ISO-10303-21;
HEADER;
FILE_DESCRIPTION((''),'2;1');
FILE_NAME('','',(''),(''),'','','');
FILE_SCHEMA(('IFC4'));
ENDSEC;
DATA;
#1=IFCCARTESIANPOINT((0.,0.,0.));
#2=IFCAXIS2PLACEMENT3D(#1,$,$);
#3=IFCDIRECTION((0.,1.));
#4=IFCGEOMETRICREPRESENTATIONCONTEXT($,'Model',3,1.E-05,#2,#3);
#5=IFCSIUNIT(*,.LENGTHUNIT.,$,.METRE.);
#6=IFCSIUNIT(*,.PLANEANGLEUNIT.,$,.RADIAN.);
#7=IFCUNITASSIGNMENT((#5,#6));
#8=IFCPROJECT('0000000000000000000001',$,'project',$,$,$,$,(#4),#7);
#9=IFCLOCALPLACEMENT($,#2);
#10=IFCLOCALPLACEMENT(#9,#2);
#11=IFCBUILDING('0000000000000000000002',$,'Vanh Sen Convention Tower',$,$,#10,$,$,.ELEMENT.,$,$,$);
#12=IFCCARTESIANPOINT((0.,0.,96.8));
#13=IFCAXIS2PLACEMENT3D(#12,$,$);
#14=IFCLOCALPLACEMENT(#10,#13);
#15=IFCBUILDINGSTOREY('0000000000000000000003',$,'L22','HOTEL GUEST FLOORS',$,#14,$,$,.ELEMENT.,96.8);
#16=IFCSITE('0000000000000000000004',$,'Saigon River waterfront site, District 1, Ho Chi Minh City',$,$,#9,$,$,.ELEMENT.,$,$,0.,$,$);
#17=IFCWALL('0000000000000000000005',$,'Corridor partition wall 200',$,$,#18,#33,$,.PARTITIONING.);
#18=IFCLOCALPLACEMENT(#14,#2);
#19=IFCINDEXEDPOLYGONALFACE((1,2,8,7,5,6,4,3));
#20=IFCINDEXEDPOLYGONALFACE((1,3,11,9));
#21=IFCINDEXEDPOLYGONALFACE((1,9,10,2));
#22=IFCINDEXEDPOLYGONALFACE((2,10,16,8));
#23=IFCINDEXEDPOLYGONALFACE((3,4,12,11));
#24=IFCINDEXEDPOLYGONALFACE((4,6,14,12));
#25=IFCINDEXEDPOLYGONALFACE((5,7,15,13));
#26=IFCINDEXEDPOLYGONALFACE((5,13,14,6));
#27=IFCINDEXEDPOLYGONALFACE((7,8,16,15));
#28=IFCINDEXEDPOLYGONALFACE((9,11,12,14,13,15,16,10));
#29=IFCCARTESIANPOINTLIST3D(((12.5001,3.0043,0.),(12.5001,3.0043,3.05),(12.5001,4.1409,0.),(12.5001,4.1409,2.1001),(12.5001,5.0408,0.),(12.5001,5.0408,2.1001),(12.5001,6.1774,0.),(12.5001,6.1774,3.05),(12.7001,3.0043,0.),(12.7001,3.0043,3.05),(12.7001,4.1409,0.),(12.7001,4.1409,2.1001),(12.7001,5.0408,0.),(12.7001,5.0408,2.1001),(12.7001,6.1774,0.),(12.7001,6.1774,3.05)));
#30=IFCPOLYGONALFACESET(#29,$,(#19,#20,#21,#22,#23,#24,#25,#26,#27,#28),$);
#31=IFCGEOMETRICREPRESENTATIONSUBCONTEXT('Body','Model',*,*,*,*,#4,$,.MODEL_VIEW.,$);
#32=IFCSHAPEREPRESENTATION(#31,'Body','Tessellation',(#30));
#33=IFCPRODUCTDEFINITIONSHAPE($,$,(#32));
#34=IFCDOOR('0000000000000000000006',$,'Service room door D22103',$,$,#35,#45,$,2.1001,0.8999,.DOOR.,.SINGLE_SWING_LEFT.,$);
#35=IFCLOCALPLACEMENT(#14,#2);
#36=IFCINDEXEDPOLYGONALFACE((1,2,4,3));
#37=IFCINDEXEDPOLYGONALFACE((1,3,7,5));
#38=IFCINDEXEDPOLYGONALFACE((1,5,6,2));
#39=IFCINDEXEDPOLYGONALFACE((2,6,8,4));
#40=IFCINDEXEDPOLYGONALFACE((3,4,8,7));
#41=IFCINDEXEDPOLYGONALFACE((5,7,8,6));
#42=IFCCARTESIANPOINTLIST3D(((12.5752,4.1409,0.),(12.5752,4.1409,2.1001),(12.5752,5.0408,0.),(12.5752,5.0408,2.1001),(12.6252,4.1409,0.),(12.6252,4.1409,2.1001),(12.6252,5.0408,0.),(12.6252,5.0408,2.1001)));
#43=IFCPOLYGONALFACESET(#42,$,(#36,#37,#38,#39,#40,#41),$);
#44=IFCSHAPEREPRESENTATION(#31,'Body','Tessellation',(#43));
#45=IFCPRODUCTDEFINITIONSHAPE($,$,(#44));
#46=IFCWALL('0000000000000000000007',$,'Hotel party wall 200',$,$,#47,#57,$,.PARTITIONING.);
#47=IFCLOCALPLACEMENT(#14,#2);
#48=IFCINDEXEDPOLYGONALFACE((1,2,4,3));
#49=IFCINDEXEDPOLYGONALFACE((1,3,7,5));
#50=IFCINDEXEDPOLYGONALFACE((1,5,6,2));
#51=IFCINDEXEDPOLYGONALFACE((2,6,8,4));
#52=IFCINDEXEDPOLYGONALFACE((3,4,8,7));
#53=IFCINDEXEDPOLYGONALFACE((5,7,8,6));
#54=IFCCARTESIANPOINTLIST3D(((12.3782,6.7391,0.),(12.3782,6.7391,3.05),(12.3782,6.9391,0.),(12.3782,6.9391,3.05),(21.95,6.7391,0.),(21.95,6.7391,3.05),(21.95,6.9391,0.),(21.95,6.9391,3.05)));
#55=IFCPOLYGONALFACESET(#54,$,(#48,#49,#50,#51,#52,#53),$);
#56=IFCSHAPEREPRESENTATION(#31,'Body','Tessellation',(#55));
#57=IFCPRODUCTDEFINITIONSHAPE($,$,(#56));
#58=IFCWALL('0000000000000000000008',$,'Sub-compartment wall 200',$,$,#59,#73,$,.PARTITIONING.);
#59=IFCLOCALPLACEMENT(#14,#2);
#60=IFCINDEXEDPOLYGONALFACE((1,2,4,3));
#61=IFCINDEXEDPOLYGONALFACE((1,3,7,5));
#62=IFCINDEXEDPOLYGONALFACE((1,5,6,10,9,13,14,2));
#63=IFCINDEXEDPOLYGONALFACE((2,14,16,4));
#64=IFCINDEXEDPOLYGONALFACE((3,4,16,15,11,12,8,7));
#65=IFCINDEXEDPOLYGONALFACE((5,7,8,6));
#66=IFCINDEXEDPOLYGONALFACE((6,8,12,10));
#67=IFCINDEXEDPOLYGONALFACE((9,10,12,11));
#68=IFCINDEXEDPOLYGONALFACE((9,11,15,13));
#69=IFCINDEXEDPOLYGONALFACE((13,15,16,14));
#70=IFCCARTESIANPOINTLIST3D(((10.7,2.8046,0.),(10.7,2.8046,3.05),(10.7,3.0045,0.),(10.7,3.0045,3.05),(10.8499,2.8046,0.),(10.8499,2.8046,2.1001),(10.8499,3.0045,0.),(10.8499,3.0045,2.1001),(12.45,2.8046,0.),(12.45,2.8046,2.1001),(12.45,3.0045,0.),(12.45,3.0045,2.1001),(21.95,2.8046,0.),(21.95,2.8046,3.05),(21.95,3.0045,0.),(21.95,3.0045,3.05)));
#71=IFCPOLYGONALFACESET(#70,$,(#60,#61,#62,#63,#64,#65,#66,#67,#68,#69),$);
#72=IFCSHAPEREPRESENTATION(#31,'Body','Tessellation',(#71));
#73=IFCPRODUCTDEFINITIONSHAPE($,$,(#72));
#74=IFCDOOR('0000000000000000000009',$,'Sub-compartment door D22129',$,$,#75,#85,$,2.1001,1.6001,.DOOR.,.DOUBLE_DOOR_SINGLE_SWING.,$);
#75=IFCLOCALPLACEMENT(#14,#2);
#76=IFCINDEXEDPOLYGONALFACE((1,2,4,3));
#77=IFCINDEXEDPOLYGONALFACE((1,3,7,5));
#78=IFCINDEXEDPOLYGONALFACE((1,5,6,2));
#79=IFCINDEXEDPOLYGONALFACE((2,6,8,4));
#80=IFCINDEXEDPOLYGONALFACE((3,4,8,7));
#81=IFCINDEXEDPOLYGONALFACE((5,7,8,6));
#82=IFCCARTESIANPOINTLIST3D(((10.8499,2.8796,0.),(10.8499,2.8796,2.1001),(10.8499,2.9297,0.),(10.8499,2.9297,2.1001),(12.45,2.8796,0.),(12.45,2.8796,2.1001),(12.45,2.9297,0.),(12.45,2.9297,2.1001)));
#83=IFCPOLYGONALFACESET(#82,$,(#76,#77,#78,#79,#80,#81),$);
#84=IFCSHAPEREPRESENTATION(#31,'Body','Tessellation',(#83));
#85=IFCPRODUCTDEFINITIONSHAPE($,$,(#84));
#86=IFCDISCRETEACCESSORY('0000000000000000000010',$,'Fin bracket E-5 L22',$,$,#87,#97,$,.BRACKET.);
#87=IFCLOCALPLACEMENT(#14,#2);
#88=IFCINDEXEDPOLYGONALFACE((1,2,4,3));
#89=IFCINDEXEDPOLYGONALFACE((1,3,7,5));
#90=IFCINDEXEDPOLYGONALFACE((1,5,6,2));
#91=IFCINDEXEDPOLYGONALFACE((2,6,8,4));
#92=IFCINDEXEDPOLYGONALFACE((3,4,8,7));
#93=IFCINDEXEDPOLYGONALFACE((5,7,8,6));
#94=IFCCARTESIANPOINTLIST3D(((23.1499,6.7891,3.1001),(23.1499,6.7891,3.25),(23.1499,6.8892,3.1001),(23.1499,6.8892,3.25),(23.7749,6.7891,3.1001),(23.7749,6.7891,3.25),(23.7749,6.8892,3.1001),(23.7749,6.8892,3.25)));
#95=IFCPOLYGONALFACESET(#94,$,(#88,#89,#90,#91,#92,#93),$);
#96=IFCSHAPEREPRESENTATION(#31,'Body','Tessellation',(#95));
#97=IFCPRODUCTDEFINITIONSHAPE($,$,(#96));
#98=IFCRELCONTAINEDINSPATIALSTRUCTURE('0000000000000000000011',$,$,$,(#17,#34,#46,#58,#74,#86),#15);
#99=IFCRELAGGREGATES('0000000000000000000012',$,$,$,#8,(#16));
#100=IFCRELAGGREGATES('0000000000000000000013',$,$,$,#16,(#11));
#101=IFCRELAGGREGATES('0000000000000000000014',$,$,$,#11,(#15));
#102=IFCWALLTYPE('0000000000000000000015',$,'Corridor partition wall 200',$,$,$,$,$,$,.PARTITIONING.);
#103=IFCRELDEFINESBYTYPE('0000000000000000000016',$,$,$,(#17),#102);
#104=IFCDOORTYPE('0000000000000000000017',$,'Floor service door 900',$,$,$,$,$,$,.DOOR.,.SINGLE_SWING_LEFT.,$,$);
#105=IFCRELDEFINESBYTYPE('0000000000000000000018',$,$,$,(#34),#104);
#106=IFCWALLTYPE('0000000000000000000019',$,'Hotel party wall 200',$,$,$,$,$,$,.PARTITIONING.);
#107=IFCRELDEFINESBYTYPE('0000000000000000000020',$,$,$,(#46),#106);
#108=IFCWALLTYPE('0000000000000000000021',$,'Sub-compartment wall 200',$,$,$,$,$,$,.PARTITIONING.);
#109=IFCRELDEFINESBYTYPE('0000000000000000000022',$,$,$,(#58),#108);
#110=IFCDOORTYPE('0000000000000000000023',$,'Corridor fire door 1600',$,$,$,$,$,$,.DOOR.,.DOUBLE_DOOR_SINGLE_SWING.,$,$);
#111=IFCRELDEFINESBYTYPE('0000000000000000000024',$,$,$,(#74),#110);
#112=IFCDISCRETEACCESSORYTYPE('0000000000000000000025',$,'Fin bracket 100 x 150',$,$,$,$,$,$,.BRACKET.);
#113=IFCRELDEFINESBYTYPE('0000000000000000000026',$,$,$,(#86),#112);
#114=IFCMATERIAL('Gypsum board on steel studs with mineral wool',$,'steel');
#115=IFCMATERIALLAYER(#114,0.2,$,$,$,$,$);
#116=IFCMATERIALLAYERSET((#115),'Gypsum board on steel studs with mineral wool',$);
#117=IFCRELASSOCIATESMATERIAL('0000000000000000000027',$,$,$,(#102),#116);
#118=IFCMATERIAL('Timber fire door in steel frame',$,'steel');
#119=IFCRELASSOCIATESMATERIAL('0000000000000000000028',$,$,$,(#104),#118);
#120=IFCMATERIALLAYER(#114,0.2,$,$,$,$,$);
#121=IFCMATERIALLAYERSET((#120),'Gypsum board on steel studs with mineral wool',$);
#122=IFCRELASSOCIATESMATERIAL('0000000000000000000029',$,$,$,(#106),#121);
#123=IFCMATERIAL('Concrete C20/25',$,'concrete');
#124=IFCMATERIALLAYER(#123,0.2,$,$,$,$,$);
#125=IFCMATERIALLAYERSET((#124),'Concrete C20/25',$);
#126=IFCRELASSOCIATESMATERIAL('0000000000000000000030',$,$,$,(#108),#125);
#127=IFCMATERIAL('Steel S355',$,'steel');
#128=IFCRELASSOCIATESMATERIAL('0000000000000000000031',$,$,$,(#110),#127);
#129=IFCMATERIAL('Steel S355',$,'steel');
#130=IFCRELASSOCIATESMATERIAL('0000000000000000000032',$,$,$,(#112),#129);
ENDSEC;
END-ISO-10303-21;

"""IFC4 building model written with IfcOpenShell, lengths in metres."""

from ifc_helpers import new_model, si_unit, direction, frame, frame_2d, origin, origin_2d, place, context, subcontext, project, spatial, rectangle, extrude, material, layer, layer_set, type_object, element, fill, save


model = new_model("IFC4")

# Units and contexts
model_context = context("Model", 3, precision=1e-05, world=origin(), true_north=direction((0.0, 1.0)))
body_context = subcontext(model_context, "Body", "Model", "MODEL_VIEW")
ifc_project = project(units=[si_unit("LENGTHUNIT", "METRE"), si_unit("PLANEANGLEUNIT", "RADIAN")], contexts=[model_context])

# Site, building, storey
site_placement = place(None, origin())
site = spatial("IfcSite", under=ifc_project, at=site_placement, Name="Saigon River waterfront site, District 1, Ho Chi Minh City", CompositionType="ELEMENT", RefElevation=0.0)
building_placement = place(site_placement, origin())
building = spatial("IfcBuilding", under=site, at=building_placement, Name="Vanh Sen Convention Tower", CompositionType="ELEMENT")
storey_placement = place(building_placement, frame((0.0, 0.0, 96.8)))
storey = spatial("IfcBuildingStorey", under=building, at=storey_placement, Name="L22", Description="HOTEL GUEST FLOORS", CompositionType="ELEMENT", Elevation=96.8)

# Shared definitions
ifc_material_1 = material(Name="Gypsum board on steel studs with mineral wool", Category="steel")
ifc_layer_1 = layer(ifc_material_1, 0.2)
ifc_layer_set_1 = layer_set([ifc_layer_1], Name="Gypsum board on steel studs with mineral wool")
wall_type_1 = type_object("IfcWallType", Name="Corridor partition wall 200", PredefinedType="PARTITIONING", material=ifc_layer_set_1)
ifc_material_2 = material(Name="Timber fire door in steel frame", Category="steel")

# Wall, opening, door
wall_1_placement = place(storey_placement, frame((12.6001, 3.0044, 0.0), z_axis=(0.0, 0.0, 1.0), x_axis=(0.0, 1.0, 0.0)))
wall_1 = element("IfcWall", 1, at=wall_1_placement, inside=storey, type_object=wall_type_1, Name="Corridor partition wall 200", PredefinedType="PARTITIONING", context=body_context, shape_type="SweptSolid", body=[
    extrude(rectangle(XDim=3.1731, YDim=0.2, at=frame_2d((1.5864, 0.0))), origin(), (0.0, 0.0, 1.0), 3.05),
])
opening_1_placement = place(wall_1_placement, frame((1.1365, 0.0, 0.0)))
opening_1 = element("IfcOpeningElement", 2, at=opening_1_placement, cuts=wall_1, PredefinedType="OPENING", context=body_context, shape_type="SweptSolid", body=[
    extrude(rectangle(XDim=0.8999, YDim=2.1001, at=frame_2d((0.45, 1.05))), frame((0.0, 0.1099, 0.0), z_axis=(0.0, -1.0, 0.0), x_axis=(1.0, 0.0, 0.0)), (0.0, 0.0, 1.0), 0.22),
])
door_type_1 = type_object("IfcDoorType", Name="Floor service door 900", OperationType="SINGLE_SWING_LEFT", PredefinedType="DOOR", material=ifc_material_2)
door_1_placement = place(opening_1_placement, origin())
door_1 = element("IfcDoor", 3, at=door_1_placement, inside=storey, type_object=door_type_1, Name="Service room door D22103", OperationType="SINGLE_SWING_LEFT", OverallHeight=2.1001, OverallWidth=0.8999, PredefinedType="DOOR", context=body_context, shape_type="SweptSolid", body=[
    extrude(rectangle(XDim=0.8999, YDim=2.1001, at=frame_2d((0.45, 1.05))), frame((0.0, 0.0249, 0.0), z_axis=(0.0, -1.0, 0.0), x_axis=(1.0, 0.0, 0.0)), (0.0, 0.0, 1.0), 0.05),
])
fill(opening_1, door_1)

# Wall
ifc_layer_2 = layer(ifc_material_1, 0.2)
ifc_layer_set_2 = layer_set([ifc_layer_2], Name="Gypsum board on steel studs with mineral wool")
wall_type_2 = type_object("IfcWallType", Name="Hotel party wall 200", PredefinedType="PARTITIONING", material=ifc_layer_set_2)
wall_2_placement = place(storey_placement, frame((21.95, 6.8391, 0.0), z_axis=(0.0, 0.0, 1.0), x_axis=(-1.0, 0.0, 0.0)))
element("IfcWall", 4, at=wall_2_placement, inside=storey, type_object=wall_type_2, Name="Hotel party wall 200", PredefinedType="PARTITIONING", context=body_context, shape_type="SweptSolid", body=[
    extrude(rectangle(XDim=9.5718, YDim=0.2, at=frame_2d((4.7859, 0.0))), origin(), (0.0, 0.0, 1.0), 3.05),
])

# Wall, opening, door
ifc_material_3 = material(Name="Concrete C20/25", Category="concrete")
ifc_layer_3 = layer(ifc_material_3, 0.2)
ifc_layer_set_3 = layer_set([ifc_layer_3], Name="Concrete C20/25")
wall_type_3 = type_object("IfcWallType", Name="Sub-compartment wall 200", PredefinedType="PARTITIONING", material=ifc_layer_set_3)
wall_3_placement = place(storey_placement, frame((21.95, 2.9045, 0.0), z_axis=(0.0, 0.0, 1.0), x_axis=(-1.0, 0.0, 0.0)))
wall_3 = element("IfcWall", 5, at=wall_3_placement, inside=storey, type_object=wall_type_3, Name="Sub-compartment wall 200", PredefinedType="PARTITIONING", context=body_context, shape_type="SweptSolid", body=[
    extrude(rectangle(XDim=11.25, YDim=0.2, at=frame_2d((5.625, 0.0))), origin(), (0.0, 0.0, 1.0), 3.05),
])
opening_2_placement = place(wall_3_placement, frame((9.5, 0.0, 0.0)))
opening_2 = element("IfcOpeningElement", 6, at=opening_2_placement, cuts=wall_3, PredefinedType="OPENING", context=body_context, shape_type="SweptSolid", body=[
    extrude(rectangle(XDim=1.6001, YDim=2.1001, at=frame_2d((0.8, 1.05))), frame((0.0, 0.1099, 0.0), z_axis=(0.0, -1.0, 0.0), x_axis=(1.0, 0.0, 0.0)), (0.0, 0.0, 1.0), 0.22),
])
ifc_material_4 = material(Name="Steel S355", Category="steel")
door_type_2 = type_object("IfcDoorType", Name="Corridor fire door 1600", OperationType="DOUBLE_DOOR_SINGLE_SWING", PredefinedType="DOOR", material=ifc_material_4)
door_2_placement = place(opening_2_placement, origin())
door_2 = element("IfcDoor", 7, at=door_2_placement, inside=storey, type_object=door_type_2, Name="Sub-compartment door D22129", OperationType="DOUBLE_DOOR_SINGLE_SWING", OverallHeight=2.1001, OverallWidth=1.6001, PredefinedType="DOOR", context=body_context, shape_type="SweptSolid", body=[
    extrude(rectangle(XDim=1.6001, YDim=2.1001, at=frame_2d((0.8, 1.05))), frame((0.0, 0.0249, 0.0), z_axis=(0.0, -1.0, 0.0), x_axis=(1.0, 0.0, 0.0)), (0.0, 0.0, 1.0), 0.05),
])
fill(opening_2, door_2)

# Discrete accessory
ifc_material_5 = material(Name="Steel S355", Category="steel")
discrete_accessory_type = type_object("IfcDiscreteAccessoryType", Name="Fin bracket 100 x 150", PredefinedType="BRACKET", material=ifc_material_5)
discrete_accessory_placement = place(storey_placement, frame((23.4624, 6.8391, 3.1001), z_axis=(0.0, 0.0, 1.0), x_axis=(1.0, 0.0, 0.0)))
element("IfcDiscreteAccessory", 8, at=discrete_accessory_placement, inside=storey, type_object=discrete_accessory_type, Name="Fin bracket E-5 L22", PredefinedType="BRACKET", context=body_context, shape_type="SweptSolid", body=[
    extrude(rectangle(XDim=0.625, YDim=0.1001, at=origin_2d()), origin(), (0.0, 0.0, 1.0), 0.1499),
])

save(model, "model.ifc")
